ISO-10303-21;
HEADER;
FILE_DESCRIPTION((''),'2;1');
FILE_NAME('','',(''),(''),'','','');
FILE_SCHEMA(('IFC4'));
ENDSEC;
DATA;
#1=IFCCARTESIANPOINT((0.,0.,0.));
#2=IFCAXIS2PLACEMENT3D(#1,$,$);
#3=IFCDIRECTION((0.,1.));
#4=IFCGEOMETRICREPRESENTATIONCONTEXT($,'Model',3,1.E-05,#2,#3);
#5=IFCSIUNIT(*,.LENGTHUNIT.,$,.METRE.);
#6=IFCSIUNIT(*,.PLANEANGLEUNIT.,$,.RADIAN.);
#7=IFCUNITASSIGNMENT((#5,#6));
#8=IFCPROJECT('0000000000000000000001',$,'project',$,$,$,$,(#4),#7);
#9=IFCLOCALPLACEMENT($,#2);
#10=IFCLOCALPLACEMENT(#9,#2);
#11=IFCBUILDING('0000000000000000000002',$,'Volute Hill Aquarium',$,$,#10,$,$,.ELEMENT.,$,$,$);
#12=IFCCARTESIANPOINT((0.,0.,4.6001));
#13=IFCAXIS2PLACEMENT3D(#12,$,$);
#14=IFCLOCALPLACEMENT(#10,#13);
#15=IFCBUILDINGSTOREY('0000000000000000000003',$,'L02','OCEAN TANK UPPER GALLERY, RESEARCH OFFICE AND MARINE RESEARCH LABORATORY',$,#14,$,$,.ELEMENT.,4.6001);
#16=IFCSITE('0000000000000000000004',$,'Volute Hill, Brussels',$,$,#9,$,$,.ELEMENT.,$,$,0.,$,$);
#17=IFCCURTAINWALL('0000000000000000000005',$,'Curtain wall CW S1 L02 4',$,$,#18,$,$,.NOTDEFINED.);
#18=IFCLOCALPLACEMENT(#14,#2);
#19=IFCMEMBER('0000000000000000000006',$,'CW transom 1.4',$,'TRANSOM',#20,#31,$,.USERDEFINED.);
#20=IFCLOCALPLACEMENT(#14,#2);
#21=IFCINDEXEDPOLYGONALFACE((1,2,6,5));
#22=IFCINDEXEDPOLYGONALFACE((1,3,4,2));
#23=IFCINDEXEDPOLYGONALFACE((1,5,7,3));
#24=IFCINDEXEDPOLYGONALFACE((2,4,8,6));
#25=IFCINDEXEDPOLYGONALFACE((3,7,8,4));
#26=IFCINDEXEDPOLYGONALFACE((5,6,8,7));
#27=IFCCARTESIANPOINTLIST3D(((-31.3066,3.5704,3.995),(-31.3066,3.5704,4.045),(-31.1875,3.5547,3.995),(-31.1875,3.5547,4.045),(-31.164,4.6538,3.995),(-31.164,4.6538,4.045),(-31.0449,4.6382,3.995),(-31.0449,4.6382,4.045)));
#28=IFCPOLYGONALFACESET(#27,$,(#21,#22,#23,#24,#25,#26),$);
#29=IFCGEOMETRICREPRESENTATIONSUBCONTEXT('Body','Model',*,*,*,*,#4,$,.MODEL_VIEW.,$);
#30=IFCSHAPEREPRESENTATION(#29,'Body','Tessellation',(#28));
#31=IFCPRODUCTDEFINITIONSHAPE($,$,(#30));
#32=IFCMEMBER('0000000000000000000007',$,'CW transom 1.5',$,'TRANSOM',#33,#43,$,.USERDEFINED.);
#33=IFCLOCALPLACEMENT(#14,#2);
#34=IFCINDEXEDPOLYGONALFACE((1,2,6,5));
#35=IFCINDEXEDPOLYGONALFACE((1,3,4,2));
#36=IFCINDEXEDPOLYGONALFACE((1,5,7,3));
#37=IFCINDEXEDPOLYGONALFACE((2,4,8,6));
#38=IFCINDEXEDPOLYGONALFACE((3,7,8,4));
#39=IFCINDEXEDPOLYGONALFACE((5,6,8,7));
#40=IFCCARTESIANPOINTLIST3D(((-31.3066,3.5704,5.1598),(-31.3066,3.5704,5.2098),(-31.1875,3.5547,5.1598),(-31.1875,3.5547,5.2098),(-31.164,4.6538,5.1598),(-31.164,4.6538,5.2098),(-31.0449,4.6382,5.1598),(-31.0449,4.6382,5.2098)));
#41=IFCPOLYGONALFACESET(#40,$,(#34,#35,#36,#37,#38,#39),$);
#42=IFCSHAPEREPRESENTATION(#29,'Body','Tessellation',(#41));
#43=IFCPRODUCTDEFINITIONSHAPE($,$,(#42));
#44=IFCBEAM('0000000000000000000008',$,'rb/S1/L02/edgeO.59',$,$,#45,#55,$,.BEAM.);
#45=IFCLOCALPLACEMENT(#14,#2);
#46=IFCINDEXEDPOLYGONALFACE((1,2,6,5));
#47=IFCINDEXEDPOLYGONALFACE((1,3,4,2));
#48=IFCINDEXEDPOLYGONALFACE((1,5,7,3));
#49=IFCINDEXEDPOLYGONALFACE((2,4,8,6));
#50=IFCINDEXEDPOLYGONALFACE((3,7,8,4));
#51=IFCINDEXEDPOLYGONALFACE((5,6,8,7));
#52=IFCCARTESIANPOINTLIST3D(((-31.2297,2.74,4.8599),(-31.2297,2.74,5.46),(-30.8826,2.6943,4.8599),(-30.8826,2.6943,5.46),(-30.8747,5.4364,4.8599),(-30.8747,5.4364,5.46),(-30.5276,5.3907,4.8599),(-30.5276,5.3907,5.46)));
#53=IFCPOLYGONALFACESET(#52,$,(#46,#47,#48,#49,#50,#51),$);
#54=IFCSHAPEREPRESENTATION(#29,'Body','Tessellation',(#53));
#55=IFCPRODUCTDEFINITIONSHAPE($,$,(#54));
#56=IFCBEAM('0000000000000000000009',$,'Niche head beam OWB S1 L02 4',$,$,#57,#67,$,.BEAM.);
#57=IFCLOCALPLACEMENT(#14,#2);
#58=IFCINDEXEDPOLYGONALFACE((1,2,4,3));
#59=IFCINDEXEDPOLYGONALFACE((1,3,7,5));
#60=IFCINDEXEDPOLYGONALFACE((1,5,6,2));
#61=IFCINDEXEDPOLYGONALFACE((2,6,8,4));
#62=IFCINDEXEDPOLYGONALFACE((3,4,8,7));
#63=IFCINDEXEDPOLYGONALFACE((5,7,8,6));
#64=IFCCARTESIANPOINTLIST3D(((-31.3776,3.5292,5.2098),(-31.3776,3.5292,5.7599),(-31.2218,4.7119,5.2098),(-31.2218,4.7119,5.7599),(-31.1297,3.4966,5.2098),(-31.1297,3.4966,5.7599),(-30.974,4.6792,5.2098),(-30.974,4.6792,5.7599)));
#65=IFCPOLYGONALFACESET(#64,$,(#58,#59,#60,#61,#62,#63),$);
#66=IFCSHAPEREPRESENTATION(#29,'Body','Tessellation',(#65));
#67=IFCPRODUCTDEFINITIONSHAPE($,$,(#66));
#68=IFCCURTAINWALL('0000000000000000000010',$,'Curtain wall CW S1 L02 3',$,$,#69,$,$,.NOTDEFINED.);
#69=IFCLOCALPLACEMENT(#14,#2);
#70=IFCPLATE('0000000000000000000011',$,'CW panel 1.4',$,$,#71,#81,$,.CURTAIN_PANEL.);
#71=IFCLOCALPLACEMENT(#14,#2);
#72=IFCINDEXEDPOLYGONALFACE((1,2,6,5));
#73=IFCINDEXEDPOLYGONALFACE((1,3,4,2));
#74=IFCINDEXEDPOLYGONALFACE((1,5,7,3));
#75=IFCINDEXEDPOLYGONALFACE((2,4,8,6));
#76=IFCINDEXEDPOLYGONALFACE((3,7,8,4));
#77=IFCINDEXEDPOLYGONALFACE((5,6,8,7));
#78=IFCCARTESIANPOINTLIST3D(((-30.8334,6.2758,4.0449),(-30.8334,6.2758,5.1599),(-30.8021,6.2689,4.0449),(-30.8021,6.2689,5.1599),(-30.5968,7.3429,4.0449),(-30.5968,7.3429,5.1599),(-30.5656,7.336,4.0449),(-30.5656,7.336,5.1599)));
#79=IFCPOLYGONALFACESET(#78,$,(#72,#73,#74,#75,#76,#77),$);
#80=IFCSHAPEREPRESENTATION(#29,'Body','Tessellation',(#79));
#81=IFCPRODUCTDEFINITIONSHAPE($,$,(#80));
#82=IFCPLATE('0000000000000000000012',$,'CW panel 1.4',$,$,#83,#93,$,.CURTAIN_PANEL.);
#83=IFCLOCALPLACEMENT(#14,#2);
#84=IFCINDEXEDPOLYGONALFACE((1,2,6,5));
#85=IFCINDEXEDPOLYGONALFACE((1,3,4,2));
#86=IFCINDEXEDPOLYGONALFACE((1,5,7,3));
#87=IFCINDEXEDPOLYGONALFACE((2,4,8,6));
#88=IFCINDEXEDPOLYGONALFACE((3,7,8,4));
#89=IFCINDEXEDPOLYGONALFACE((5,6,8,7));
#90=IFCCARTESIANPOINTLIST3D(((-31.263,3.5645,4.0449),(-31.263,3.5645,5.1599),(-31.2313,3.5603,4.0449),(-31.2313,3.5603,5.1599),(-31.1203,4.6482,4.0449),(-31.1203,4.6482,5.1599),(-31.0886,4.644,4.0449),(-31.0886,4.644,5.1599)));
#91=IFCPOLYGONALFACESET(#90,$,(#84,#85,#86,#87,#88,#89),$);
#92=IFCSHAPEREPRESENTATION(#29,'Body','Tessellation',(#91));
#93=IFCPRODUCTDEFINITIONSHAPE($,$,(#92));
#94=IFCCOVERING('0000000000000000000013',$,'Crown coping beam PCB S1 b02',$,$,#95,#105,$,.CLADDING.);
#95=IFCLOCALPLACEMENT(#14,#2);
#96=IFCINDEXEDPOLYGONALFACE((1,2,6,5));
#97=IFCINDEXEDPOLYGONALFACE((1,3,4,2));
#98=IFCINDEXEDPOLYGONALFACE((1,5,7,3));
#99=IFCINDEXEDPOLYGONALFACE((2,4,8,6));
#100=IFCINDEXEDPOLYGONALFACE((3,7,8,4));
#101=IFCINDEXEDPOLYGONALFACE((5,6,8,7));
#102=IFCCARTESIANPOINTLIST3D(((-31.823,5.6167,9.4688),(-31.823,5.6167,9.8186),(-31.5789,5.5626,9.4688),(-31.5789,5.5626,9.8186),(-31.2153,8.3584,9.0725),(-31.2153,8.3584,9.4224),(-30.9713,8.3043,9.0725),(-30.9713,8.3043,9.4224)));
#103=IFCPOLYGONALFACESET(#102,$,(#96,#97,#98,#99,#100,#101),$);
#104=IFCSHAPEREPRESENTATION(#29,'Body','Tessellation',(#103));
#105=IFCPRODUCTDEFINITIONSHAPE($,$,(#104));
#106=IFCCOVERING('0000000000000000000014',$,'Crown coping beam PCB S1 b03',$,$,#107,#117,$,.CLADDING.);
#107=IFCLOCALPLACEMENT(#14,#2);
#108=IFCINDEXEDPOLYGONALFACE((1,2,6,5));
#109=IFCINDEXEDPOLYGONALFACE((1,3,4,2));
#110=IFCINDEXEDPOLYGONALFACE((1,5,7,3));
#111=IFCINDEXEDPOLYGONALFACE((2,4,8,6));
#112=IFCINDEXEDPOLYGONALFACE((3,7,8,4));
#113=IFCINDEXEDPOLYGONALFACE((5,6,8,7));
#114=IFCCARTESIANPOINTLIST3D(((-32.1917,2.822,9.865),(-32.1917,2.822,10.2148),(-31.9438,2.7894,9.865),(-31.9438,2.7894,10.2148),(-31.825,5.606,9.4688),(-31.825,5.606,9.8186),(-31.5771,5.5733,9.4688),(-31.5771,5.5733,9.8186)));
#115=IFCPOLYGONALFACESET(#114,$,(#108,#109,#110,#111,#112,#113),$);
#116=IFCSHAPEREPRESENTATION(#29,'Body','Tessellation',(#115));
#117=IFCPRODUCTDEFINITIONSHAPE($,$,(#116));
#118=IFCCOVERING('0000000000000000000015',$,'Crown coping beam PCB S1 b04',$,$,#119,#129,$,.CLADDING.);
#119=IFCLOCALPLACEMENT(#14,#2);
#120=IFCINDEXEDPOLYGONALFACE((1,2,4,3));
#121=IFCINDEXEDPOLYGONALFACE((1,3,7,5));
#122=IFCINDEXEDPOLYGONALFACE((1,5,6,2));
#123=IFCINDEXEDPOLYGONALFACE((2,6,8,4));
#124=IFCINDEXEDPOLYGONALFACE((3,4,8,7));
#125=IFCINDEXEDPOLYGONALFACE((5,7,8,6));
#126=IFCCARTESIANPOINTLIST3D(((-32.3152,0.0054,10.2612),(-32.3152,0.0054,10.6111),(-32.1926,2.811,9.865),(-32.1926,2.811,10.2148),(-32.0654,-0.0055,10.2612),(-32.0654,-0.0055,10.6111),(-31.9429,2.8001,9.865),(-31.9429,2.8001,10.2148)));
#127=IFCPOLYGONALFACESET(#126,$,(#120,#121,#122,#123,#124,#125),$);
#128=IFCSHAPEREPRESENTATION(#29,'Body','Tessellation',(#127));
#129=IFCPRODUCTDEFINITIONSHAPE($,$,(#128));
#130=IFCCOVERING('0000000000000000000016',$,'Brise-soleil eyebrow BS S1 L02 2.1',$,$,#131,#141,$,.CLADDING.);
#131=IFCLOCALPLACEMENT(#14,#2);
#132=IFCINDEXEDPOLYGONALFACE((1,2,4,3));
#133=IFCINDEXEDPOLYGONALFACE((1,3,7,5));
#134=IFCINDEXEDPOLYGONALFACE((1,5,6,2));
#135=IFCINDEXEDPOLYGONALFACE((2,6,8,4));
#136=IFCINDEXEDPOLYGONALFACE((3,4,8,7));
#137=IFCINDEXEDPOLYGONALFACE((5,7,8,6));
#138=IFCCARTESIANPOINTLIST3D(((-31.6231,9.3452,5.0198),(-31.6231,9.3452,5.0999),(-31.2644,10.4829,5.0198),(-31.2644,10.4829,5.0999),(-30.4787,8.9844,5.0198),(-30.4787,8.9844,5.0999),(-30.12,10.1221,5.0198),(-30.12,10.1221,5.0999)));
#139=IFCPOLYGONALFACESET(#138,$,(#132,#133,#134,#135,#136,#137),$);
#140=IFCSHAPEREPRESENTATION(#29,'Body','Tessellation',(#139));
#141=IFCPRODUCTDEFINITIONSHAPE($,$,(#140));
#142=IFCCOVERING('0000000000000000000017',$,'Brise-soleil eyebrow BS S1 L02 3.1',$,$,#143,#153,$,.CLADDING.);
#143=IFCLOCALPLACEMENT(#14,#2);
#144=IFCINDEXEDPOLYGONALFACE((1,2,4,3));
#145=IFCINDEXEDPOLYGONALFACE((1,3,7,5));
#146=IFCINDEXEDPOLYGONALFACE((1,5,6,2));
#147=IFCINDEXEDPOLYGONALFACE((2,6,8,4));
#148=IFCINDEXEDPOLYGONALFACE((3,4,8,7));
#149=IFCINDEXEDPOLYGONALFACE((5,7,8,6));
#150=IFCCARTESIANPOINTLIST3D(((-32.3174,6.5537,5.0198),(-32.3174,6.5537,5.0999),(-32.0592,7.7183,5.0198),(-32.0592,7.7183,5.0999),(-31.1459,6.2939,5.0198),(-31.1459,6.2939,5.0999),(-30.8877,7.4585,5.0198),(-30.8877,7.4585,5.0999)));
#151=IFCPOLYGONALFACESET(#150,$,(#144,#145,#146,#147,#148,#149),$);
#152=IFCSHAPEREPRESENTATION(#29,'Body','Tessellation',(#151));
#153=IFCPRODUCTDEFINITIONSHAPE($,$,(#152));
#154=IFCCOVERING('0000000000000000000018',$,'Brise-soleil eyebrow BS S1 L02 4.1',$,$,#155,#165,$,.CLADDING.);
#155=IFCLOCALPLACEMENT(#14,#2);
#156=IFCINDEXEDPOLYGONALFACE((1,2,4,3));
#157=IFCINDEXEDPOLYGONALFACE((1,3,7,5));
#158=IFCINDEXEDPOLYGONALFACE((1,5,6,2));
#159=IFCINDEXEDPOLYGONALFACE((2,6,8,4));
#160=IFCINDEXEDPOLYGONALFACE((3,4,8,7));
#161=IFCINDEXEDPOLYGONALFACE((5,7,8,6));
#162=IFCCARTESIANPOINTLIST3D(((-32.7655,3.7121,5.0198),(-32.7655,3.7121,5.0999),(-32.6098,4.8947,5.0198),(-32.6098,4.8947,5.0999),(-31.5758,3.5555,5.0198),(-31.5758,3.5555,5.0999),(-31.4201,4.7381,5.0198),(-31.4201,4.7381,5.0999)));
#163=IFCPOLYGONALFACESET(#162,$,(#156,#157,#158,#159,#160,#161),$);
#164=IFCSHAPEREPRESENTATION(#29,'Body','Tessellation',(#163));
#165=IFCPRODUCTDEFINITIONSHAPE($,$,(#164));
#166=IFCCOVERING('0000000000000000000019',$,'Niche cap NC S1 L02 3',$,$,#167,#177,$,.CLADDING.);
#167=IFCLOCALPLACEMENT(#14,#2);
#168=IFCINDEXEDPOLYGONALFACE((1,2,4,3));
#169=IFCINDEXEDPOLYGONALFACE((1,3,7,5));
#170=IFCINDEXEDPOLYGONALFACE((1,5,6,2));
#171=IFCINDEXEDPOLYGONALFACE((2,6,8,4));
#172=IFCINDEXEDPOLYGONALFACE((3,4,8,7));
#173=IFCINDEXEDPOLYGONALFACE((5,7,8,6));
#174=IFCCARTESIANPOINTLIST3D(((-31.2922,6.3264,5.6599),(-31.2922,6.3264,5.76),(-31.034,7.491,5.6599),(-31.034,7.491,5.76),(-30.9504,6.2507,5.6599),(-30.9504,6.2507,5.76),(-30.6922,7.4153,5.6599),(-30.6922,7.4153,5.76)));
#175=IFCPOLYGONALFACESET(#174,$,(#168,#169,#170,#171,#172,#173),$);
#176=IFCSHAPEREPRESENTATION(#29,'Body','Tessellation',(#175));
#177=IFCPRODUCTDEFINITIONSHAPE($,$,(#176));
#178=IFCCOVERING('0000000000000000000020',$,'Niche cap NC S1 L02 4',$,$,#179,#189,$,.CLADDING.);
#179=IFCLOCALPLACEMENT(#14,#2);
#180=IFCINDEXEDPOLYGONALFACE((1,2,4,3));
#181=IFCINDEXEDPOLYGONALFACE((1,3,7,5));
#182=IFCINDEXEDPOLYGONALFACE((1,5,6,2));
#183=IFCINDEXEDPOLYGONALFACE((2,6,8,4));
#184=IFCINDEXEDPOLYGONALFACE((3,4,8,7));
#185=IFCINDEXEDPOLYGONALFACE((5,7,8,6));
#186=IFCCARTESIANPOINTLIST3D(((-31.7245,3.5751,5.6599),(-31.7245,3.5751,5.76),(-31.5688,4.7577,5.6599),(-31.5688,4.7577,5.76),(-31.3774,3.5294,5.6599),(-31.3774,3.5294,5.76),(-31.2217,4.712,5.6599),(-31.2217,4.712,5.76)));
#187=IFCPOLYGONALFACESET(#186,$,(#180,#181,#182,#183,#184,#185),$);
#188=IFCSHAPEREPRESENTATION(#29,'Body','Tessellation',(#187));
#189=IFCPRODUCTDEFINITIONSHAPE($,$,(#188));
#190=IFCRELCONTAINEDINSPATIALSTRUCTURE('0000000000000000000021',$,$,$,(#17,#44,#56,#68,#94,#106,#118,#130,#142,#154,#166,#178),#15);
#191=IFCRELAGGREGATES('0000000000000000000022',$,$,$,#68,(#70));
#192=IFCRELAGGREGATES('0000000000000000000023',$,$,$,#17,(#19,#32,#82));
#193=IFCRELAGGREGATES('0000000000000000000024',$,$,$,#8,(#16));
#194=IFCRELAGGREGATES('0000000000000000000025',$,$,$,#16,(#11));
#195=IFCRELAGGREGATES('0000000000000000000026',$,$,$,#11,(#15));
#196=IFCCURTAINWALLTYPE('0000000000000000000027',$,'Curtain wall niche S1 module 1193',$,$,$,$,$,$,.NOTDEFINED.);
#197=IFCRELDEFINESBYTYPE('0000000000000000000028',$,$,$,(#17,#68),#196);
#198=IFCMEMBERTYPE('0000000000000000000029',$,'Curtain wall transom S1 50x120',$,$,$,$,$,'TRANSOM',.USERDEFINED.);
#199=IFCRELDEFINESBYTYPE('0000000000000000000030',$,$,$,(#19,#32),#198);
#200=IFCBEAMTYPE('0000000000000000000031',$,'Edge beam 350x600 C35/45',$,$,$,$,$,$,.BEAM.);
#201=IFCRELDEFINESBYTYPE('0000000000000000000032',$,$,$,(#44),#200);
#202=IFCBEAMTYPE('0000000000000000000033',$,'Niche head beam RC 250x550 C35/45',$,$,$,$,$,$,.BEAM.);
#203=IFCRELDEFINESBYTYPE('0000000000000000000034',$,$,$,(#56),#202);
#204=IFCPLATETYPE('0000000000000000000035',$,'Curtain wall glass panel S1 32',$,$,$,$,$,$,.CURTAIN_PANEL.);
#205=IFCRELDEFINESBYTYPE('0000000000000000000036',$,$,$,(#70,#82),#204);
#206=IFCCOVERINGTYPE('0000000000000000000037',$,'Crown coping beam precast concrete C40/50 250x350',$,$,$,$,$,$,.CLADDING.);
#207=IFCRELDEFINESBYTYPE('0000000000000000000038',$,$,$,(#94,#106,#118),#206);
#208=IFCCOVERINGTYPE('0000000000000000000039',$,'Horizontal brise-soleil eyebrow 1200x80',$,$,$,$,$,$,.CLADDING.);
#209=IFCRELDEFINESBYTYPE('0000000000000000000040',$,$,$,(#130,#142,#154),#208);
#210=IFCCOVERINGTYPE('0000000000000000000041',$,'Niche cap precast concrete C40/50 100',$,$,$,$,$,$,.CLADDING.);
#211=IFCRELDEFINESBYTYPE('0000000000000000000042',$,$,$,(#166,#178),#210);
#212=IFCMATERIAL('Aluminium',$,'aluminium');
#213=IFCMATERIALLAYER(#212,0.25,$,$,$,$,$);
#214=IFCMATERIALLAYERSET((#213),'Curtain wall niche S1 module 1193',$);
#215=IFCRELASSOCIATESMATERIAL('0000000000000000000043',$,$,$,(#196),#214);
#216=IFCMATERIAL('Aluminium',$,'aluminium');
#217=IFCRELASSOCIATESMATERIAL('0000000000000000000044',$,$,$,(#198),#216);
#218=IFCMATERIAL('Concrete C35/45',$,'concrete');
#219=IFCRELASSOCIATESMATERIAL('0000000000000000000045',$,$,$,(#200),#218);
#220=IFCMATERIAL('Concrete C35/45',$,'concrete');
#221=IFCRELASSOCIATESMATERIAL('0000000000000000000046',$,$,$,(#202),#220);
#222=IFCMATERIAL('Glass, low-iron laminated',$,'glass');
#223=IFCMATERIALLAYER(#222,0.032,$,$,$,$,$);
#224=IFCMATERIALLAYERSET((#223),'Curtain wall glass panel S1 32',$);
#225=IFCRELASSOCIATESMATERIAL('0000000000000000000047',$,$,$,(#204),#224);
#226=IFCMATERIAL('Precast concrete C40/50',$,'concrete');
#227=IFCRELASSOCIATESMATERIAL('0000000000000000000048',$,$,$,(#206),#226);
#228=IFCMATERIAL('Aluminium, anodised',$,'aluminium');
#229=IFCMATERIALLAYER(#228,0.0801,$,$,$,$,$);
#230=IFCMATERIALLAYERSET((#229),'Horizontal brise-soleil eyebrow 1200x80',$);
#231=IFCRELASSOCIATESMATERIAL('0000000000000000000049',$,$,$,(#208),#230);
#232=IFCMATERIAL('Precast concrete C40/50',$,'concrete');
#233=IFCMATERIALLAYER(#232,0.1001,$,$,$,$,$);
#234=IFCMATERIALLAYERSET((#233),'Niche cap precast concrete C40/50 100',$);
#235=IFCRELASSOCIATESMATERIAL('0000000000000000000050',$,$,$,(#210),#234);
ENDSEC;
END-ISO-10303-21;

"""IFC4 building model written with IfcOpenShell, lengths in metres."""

from ifc_helpers import new_model, si_unit, direction, frame, origin, origin_2d, place, context, subcontext, project, spatial, polyline, rectangle, outline, extrude, material, layer, layer_set, material_profile, profile_set, type_object, element, aggregate, save


model = new_model("IFC4")

# Units and contexts
model_context = context("Model", 3, precision=1e-05, world=origin(), true_north=direction((0.0, 1.0)))
body_context = subcontext(model_context, "Body", "Model", "MODEL_VIEW")
ifc_project = project(units=[si_unit("LENGTHUNIT", "METRE"), si_unit("PLANEANGLEUNIT", "RADIAN")], contexts=[model_context])

# Site, building, storey
site_placement = place(None, origin())
site = spatial("IfcSite", under=ifc_project, at=site_placement, Name="Volute Hill, Brussels", CompositionType="ELEMENT", RefElevation=0.0)
building_placement = place(site_placement, origin())
building = spatial("IfcBuilding", under=site, at=building_placement, Name="Volute Hill Aquarium", CompositionType="ELEMENT")
storey_placement = place(building_placement, frame((0.0, 0.0, 4.6001)))
storey = spatial("IfcBuildingStorey", under=building, at=storey_placement, Name="L02", Description="OCEAN TANK UPPER GALLERY, RESEARCH OFFICE AND MARINE RESEARCH LABORATORY", CompositionType="ELEMENT", Elevation=4.6001)

# Curtain wall, members
ifc_material_1 = material(Name="Aluminium", Category="aluminium")
ifc_layer_1 = layer(ifc_material_1, 0.25)
ifc_layer_set_1 = layer_set([ifc_layer_1], Name="Curtain wall niche S1 module 1193")
curtain_wall_type = type_object("IfcCurtainWallType", Name="Curtain wall niche S1 module 1193", PredefinedType="NOTDEFINED", material=ifc_layer_set_1)
curtain_wall_1_placement = place(storey_placement, origin())
curtain_wall_1 = element("IfcCurtainWall", 1, at=curtain_wall_1_placement, inside=storey, type_object=curtain_wall_type, Name="Curtain wall CW S1 L02 4", PredefinedType="NOTDEFINED")
ifc_material_2 = material(Name="Aluminium", Category="aluminium")
ifc_material_profile_1 = material_profile(ifc_material_2, rectangle(XDim=0.1201, YDim=0.05, at=origin_2d()), Name="Curtain wall transom S1 50x120")
ifc_profile_set_1 = profile_set([ifc_material_profile_1], Name="Aluminium")
member_type = type_object("IfcMemberType", Name="Curtain wall transom S1 50x120", ElementType="TRANSOM", PredefinedType="USERDEFINED", material=ifc_profile_set_1)
member_1_placement = place(storey_placement, frame((-31.1045, 4.646, 4.02), z_axis=(-0.130466, -0.991453, 0.0), x_axis=(0.991453, -0.130466, 0.0)))
member_1 = element("IfcMember", 2, at=member_1_placement, type_object=member_type, Name="CW transom 1.4", ObjectType="TRANSOM", PredefinedType="USERDEFINED", context=body_context, shape_type="SweptSolid", body=[
    extrude(rectangle(XDim=0.1201, YDim=0.05, at=origin_2d()), origin(), (0.0, 0.0, 1.0), 1.0928),
])
member_2_placement = place(storey_placement, frame((-31.1045, 4.646, 5.1848), z_axis=(-0.130466, -0.991453, 0.0), x_axis=(0.991453, -0.130466, 0.0)))
member_2 = element("IfcMember", 3, at=member_2_placement, type_object=member_type, Name="CW transom 1.5", ObjectType="TRANSOM", PredefinedType="USERDEFINED", context=body_context, shape_type="SweptSolid", body=[
    extrude(rectangle(XDim=0.1201, YDim=0.05, at=origin_2d()), origin(), (0.0, 0.0, 1.0), 1.0928),
])

# Beams
ifc_material_3 = material(Name="Concrete C35/45", Category="concrete")
ifc_material_profile_2 = material_profile(ifc_material_3, rectangle(XDim=0.3501, YDim=0.6001, at=origin_2d()), Name="RC edge beam 350x600")
ifc_profile_set_2 = profile_set([ifc_material_profile_2], Name="Concrete C35/45")
beam_type_1 = type_object("IfcBeamType", Name="Edge beam 350x600 C35/45", PredefinedType="BEAM", material=ifc_profile_set_2)
beam_1_placement = place(storey_placement, frame((-30.7012, 5.4136, 5.1599), z_axis=(-0.130517, -0.991446, 0.0), x_axis=(0.991446, -0.130517, 0.0)))
element("IfcBeam", 4, at=beam_1_placement, inside=storey, type_object=beam_type_1, Name="rb/S1/L02/edgeO.59", PredefinedType="BEAM", context=body_context, shape_type="SweptSolid", body=[
    extrude(rectangle(XDim=0.3501, YDim=0.6001, at=origin_2d()), origin(), (0.0, 0.0, 1.0), 2.7197),
])
ifc_material_4 = material(Name="Concrete C35/45", Category="concrete")
ifc_material_profile_3 = material_profile(ifc_material_4, rectangle(XDim=0.25, YDim=0.55, at=origin_2d()), Name="RC beam 250x550")
ifc_profile_set_3 = profile_set([ifc_material_profile_3], Name="Concrete C35/45")
beam_type_2 = type_object("IfcBeamType", Name="Niche head beam RC 250x550 C35/45", PredefinedType="BEAM", material=ifc_profile_set_3)
beam_2_placement = place(storey_placement, frame((-31.0979, 4.6956, 5.4849), z_axis=(-0.130582, -0.991438, 0.0), x_axis=(0.991438, -0.130582, 0.0)))
element("IfcBeam", 5, at=beam_2_placement, inside=storey, type_object=beam_type_2, Name="Niche head beam OWB S1 L02 4", PredefinedType="BEAM", context=body_context, shape_type="SweptSolid", body=[
    extrude(rectangle(XDim=0.25, YDim=0.55, at=origin_2d()), origin(), (0.0, 0.0, 1.0), 1.1929),
])

# Curtain wall, plate
curtain_wall_2_placement = place(storey_placement, origin())
curtain_wall_2 = element("IfcCurtainWall", 6, at=curtain_wall_2_placement, inside=storey, type_object=curtain_wall_type, Name="Curtain wall CW S1 L02 3", PredefinedType="NOTDEFINED")
ifc_material_5 = material(Name="Glass, low-iron laminated", Category="glass")
ifc_layer_2 = layer(ifc_material_5, 0.032)
ifc_layer_set_2 = layer_set([ifc_layer_2], Name="Curtain wall glass panel S1 32")
plate_type = type_object("IfcPlateType", Name="Curtain wall glass panel S1 32", PredefinedType="CURTAIN_PANEL", material=ifc_layer_set_2)
plate_1_placement = place(storey_placement, frame((-30.6995, 6.8059, 4.0449), z_axis=(0.0, 0.0, 1.0), x_axis=(-0.216458, -0.976292, 0.0)))
plate_1 = element("IfcPlate", 7, at=plate_1_placement, type_object=plate_type, Name="CW panel 1.4", PredefinedType="CURTAIN_PANEL", context=body_context, shape_type="SweptSolid", body=[
    extrude(rectangle(XDim=1.093, YDim=0.032, at=origin_2d()), origin(), (0.0, 0.0, 1.0), 1.115),
])
aggregate(curtain_wall_2, [plate_1])

# Plate
plate_2_placement = place(storey_placement, frame((-31.1758, 4.1042, 4.0449), z_axis=(0.0, 0.0, 1.0), x_axis=(-0.130532, -0.991444, 0.0)))
plate_2 = element("IfcPlate", 8, at=plate_2_placement, type_object=plate_type, Name="CW panel 1.4", PredefinedType="CURTAIN_PANEL", context=body_context, shape_type="SweptSolid", body=[
    extrude(rectangle(XDim=1.093, YDim=0.032, at=origin_2d()), origin(), (0.0, 0.0, 1.0), 1.115),
])
aggregate(curtain_wall_1, [member_1, member_2, plate_2])

# Coverings
ifc_material_6 = material(Name="Precast concrete C40/50", Category="concrete")
covering_type_1 = type_object("IfcCoveringType", Name="Crown coping beam precast concrete C40/50 250x350", PredefinedType="CLADDING", material=ifc_material_6)
covering_1_placement = place(storey_placement, frame((-31.2153, 8.3584, 9.0725), z_axis=(-0.976308, 0.216387, 0.0), x_axis=(-0.214265, -0.966732, 0.139716)))
element("IfcCovering", 9, at=covering_1_placement, inside=storey, type_object=covering_type_1, Name="Crown coping beam PCB S1 b02", PredefinedType="CLADDING", context=body_context, shape_type="SweptSolid", body=[
    extrude(outline(polyline([(0.0, 0.0), (2.836, 0.0), (2.8849, 0.3464), (0.0489, 0.3464), (0.0, 0.0)])), origin(), (0.0, 0.0, -1.0), 0.25),
])
covering_2_placement = place(storey_placement, frame((-31.825, 5.606, 9.4688), z_axis=(-0.991436, 0.130592, 0.0), x_axis=(-0.129311, -0.98171, 0.139728)))
element("IfcCovering", 10, at=covering_2_placement, inside=storey, type_object=covering_type_1, Name="Crown coping beam PCB S1 b03", PredefinedType="CLADDING", context=body_context, shape_type="SweptSolid", body=[
    extrude(outline(polyline([(0.0, 0.0), (2.8358, 0.0), (2.8847, 0.3464), (0.0489, 0.3464), (0.0, 0.0)])), origin(), (0.0, 0.0, -1.0), 0.25),
])
covering_3_placement = place(storey_placement, frame((-32.1926, 2.811, 9.865), z_axis=(-0.999047, 0.043641, 0.0), x_axis=(-0.043213, -0.989249, 0.13971)))
element("IfcCovering", 11, at=covering_3_placement, inside=storey, type_object=covering_type_1, Name="Crown coping beam PCB S1 b04", PredefinedType="CLADDING", context=body_context, shape_type="SweptSolid", body=[
    extrude(outline(polyline([(0.0, 0.0), (2.8362, 0.0), (2.885, 0.3464), (0.0489, 0.3464), (0.0, 0.0)])), origin(), (0.0, 0.0, -1.0), 0.25),
])
ifc_material_7 = material(Name="Aluminium, anodised", Category="aluminium")
ifc_layer_3 = layer(ifc_material_7, 0.0801)
ifc_layer_set_3 = layer_set([ifc_layer_3], Name="Horizontal brise-soleil eyebrow 1200x80")
covering_type_2 = type_object("IfcCoveringType", Name="Horizontal brise-soleil eyebrow 1200x80", PredefinedType="CLADDING", material=ifc_layer_set_3)
for number, where, z_axis, x_axis, name in (
    (12, (-30.8716, 9.7336, 5.0198), (0.0, 0.0, 1.0), (-0.3007, -0.953719, 0.0), "Brise-soleil eyebrow BS S1 L02 2.1"),
    (13, (-31.6025, 7.0061, 5.0198), (0.0, 0.0, 1.0), (-0.216461, -0.976291, 0.0), "Brise-soleil eyebrow BS S1 L02 3.1"),
    (14, (-32.0928, 4.2251, 5.0198), (0.0, 0.0, 1.0), (-0.130527, -0.991445, 0.0), "Brise-soleil eyebrow BS S1 L02 4.1"),
):
    element("IfcCovering", number, at=place(storey_placement, frame(where, z_axis=z_axis, x_axis=x_axis)), inside=storey, type_object=covering_type_2, Name=name, PredefinedType="CLADDING", context=body_context, shape_type="SweptSolid", body=[
        extrude(rectangle(XDim=1.1929, YDim=1.2, at=origin_2d()), origin(), (0.0, 0.0, 1.0), 0.0801),
    ])
ifc_material_8 = material(Name="Precast concrete C40/50", Category="concrete")
ifc_layer_4 = layer(ifc_material_8, 0.1001)
ifc_layer_set_4 = layer_set([ifc_layer_4], Name="Niche cap precast concrete C40/50 100")
covering_type_3 = type_object("IfcCoveringType", Name="Niche cap precast concrete C40/50 100", PredefinedType="CLADDING", material=ifc_layer_set_4)
for number, where, z_axis, x_axis, name in (
    (15, (-30.9922, 6.8708, 5.6599), (0.0, 0.0, 1.0), (-0.216461, -0.976291, 0.0), "Niche cap NC S1 L02 3"),
    (16, (-31.4731, 4.1436, 5.6599), (0.0, 0.0, 1.0), (-0.130527, -0.991445, 0.0), "Niche cap NC S1 L02 4"),
):
    element("IfcCovering", number, at=place(storey_placement, frame(where, z_axis=z_axis, x_axis=x_axis)), inside=storey, type_object=covering_type_3, Name=name, PredefinedType="CLADDING", context=body_context, shape_type="SweptSolid", body=[
        extrude(rectangle(XDim=1.1929, YDim=0.3501, at=origin_2d()), origin(), (0.0, 0.0, 1.0), 0.1001),
    ])

save(model, "model.ifc")
